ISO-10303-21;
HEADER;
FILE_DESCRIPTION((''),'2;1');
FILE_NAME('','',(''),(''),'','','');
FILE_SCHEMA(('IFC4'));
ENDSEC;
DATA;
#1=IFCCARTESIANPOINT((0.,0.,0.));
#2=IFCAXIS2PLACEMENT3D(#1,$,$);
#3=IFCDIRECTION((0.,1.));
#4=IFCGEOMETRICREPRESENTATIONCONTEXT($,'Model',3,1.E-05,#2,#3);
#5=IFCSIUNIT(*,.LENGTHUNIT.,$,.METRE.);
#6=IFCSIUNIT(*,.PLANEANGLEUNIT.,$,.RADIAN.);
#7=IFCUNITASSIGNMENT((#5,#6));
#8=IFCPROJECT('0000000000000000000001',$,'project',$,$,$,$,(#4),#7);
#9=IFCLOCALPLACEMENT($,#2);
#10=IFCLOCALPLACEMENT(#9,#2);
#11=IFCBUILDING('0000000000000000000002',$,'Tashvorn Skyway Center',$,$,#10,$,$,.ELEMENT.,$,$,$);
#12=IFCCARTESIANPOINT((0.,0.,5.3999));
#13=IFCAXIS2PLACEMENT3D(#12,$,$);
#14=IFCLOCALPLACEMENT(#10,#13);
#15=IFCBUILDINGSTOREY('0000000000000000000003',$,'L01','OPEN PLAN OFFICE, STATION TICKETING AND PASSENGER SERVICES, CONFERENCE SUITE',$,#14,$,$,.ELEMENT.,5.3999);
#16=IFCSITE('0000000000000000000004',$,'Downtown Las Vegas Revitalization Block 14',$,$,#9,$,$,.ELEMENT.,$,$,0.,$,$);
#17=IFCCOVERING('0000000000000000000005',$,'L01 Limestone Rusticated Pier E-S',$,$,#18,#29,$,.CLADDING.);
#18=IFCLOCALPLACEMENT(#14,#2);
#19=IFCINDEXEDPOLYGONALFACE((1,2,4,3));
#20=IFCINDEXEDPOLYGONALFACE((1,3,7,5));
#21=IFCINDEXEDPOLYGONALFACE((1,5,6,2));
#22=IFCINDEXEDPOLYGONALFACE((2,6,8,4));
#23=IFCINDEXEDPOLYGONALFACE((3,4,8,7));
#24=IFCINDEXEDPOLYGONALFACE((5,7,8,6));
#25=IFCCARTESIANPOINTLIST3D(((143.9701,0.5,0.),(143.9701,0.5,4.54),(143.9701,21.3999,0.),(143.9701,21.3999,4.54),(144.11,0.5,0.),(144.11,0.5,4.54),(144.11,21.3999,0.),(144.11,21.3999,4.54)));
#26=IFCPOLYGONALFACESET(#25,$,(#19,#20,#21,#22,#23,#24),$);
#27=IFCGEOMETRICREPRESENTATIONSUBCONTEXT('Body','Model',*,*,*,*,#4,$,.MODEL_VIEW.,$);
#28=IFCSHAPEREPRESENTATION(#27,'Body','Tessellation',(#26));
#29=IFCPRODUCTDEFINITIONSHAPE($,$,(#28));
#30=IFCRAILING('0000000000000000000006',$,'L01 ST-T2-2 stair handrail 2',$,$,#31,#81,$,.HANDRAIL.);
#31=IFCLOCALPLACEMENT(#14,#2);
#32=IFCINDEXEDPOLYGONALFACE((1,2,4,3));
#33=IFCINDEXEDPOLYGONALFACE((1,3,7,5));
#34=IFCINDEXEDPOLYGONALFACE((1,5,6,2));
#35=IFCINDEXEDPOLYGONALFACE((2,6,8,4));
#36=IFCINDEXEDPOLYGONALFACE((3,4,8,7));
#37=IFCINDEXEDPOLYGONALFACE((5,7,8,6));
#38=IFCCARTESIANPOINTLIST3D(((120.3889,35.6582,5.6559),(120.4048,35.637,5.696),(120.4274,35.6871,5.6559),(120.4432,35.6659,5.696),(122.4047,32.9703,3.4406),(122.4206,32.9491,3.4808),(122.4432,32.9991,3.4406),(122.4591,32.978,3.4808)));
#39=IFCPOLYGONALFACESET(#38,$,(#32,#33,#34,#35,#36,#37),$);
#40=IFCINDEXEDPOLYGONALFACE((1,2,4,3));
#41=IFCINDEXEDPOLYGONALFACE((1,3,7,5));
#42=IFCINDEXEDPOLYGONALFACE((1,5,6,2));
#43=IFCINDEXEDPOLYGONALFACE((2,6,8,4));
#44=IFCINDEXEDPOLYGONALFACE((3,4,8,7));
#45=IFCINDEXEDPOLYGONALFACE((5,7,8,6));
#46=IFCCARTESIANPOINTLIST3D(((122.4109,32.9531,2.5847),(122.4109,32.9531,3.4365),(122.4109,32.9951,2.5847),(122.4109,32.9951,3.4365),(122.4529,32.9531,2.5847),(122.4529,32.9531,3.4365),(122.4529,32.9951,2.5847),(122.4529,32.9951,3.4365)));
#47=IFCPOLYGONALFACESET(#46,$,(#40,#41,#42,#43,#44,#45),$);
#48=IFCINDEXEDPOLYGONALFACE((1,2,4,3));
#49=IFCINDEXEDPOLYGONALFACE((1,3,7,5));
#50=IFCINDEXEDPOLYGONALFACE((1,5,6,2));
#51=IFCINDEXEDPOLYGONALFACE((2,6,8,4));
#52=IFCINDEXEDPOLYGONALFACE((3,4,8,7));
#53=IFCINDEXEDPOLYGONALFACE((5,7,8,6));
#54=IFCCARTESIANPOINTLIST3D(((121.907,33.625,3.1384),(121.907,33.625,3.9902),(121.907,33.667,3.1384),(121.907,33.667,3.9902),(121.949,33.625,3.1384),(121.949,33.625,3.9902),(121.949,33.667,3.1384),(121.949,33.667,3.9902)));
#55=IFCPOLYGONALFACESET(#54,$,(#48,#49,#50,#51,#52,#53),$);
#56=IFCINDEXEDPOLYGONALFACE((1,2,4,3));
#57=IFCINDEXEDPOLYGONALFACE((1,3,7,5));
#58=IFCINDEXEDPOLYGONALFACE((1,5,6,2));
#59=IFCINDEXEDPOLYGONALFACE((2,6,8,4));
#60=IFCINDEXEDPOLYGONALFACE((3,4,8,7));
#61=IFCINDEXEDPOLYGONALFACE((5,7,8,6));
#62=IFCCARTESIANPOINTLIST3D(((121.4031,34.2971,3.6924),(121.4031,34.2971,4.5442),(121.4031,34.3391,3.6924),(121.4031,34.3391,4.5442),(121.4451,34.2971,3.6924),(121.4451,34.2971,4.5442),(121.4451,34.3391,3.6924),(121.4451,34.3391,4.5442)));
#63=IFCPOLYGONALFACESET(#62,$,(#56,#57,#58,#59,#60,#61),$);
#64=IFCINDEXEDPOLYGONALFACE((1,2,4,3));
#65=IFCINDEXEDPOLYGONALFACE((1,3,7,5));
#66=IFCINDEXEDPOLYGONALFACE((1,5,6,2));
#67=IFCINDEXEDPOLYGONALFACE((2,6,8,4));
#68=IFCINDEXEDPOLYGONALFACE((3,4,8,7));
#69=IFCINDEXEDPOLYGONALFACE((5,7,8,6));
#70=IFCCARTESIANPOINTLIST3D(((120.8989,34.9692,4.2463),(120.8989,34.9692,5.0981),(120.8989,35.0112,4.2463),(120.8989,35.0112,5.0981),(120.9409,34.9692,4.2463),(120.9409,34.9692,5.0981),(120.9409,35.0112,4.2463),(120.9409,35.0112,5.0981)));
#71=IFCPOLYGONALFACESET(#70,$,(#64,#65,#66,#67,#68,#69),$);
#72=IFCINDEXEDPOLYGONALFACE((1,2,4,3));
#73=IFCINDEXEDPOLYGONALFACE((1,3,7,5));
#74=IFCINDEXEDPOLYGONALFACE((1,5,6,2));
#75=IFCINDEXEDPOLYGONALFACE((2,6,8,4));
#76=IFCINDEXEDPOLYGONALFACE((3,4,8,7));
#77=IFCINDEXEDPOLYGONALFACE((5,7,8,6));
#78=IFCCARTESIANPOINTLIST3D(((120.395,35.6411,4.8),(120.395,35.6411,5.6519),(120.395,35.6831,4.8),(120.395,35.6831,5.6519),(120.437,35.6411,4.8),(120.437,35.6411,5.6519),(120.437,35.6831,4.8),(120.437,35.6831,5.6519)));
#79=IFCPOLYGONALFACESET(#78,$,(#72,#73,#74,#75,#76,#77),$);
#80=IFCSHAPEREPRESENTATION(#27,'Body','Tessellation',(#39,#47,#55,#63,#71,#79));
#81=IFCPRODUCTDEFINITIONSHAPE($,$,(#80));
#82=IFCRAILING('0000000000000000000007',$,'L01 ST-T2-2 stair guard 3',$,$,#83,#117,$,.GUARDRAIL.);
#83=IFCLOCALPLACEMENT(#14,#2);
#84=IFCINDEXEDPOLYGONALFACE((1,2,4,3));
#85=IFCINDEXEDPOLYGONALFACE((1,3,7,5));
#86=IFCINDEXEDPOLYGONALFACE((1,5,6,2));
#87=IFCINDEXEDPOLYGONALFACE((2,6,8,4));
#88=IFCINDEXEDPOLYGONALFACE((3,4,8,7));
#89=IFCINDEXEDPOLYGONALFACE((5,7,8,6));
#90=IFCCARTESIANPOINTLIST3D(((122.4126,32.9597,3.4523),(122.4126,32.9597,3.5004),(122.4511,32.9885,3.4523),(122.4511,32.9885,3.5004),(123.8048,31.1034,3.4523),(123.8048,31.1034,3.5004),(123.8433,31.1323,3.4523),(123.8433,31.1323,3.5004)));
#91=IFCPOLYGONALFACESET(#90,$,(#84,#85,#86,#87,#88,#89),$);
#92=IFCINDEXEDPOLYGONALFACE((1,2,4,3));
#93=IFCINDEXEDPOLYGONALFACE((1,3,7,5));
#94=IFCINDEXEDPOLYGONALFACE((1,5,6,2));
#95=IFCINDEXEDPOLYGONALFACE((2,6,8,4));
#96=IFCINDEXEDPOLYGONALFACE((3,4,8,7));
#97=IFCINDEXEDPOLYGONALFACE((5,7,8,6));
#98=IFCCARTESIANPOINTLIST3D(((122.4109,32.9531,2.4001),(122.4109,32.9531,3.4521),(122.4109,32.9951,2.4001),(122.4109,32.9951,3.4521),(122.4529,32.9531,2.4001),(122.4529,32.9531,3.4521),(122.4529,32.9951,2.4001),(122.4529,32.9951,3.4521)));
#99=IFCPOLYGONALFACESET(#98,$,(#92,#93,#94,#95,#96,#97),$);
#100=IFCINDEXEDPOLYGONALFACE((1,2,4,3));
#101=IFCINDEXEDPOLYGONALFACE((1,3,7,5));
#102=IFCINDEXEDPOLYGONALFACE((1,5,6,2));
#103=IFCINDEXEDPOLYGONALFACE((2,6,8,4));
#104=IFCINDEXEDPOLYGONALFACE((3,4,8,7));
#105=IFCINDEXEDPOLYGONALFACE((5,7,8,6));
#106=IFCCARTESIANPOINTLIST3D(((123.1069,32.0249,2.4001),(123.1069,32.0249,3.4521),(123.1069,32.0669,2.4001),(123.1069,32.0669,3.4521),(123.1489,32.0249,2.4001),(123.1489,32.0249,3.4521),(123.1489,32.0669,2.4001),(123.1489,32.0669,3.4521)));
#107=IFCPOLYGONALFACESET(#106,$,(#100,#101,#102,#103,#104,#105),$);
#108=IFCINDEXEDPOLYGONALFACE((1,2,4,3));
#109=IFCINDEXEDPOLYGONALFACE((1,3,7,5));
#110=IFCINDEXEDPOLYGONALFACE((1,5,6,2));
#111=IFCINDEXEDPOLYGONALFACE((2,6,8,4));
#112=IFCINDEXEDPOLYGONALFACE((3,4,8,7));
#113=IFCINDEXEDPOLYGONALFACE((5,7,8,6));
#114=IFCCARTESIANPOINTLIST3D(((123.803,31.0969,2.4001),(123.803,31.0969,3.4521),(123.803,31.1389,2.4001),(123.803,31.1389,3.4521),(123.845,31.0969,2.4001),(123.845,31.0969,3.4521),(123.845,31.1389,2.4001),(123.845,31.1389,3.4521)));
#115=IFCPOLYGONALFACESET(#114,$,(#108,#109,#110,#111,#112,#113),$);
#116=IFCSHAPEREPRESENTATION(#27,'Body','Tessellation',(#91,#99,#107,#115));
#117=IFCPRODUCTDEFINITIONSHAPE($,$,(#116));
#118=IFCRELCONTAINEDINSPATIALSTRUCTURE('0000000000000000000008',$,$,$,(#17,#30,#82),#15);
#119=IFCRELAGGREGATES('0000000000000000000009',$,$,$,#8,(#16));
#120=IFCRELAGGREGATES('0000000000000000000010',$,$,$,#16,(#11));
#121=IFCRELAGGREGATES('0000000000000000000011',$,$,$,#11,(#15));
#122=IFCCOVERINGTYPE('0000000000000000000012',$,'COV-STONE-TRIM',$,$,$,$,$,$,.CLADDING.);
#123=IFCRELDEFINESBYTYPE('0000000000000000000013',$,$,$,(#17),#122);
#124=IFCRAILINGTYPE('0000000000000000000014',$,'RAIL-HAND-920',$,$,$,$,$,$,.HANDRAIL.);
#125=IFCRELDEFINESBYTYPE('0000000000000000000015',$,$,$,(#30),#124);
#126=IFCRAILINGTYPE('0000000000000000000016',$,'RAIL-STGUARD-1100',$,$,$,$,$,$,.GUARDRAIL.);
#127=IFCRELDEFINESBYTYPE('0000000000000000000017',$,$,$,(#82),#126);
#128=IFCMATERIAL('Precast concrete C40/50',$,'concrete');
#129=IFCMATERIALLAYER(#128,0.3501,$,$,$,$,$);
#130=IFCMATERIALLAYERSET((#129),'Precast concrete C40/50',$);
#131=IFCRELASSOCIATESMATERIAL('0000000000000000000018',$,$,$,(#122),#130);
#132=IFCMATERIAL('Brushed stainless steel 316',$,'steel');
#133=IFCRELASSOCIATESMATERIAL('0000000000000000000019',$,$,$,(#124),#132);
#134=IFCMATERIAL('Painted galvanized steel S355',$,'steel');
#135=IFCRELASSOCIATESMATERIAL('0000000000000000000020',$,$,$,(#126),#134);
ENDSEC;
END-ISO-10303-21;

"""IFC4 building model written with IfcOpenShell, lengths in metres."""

from ifc_helpers import new_model, si_unit, direction, frame, origin, origin_2d, place, context, subcontext, project, spatial, rectangle, extrude, material, layer, layer_set, type_object, element, save


model = new_model("IFC4")

# Units and contexts
model_context = context("Model", 3, precision=1e-05, world=origin(), true_north=direction((0.0, 1.0)))
body_context = subcontext(model_context, "Body", "Model", "MODEL_VIEW")
ifc_project = project(units=[si_unit("LENGTHUNIT", "METRE"), si_unit("PLANEANGLEUNIT", "RADIAN")], contexts=[model_context])

# Site, building, storey
site_placement = place(None, origin())
site = spatial("IfcSite", under=ifc_project, at=site_placement, Name="Downtown Las Vegas Revitalization Block 14", CompositionType="ELEMENT", RefElevation=0.0)
building_placement = place(site_placement, origin())
building = spatial("IfcBuilding", under=site, at=building_placement, Name="Tashvorn Skyway Center", CompositionType="ELEMENT")
storey_placement = place(building_placement, frame((0.0, 0.0, 5.3999)))
storey = spatial("IfcBuildingStorey", under=building, at=storey_placement, Name="L01", Description="OPEN PLAN OFFICE, STATION TICKETING AND PASSENGER SERVICES, CONFERENCE SUITE", CompositionType="ELEMENT", Elevation=5.3999)

# Shared definitions
ifc_material_1 = material(Name="Precast concrete C40/50", Category="concrete")

# Covering
ifc_layer_1 = layer(ifc_material_1, 0.3501)
ifc_layer_set_1 = layer_set([ifc_layer_1], Name="Precast concrete C40/50")
covering_type = type_object("IfcCoveringType", Name="COV-STONE-TRIM", PredefinedType="CLADDING", material=ifc_layer_set_1)
covering_1_placement = place(storey_placement, frame((144.04, 10.95, 0.0), z_axis=(0.0, 0.0, 1.0), x_axis=(1.0, 0.0, 0.0)))
element("IfcCovering", 1, at=covering_1_placement, inside=storey, type_object=covering_type, Name="L01 Limestone Rusticated Pier E-S", PredefinedType="CLADDING", context=body_context, shape_type="SweptSolid", body=[
    extrude(rectangle(XDim=0.1399, YDim=20.8999, at=origin_2d()), origin(), (0.0, 0.0, 1.0), 4.54),
])

# Railings
ifc_material_2 = material(Name="Brushed stainless steel 316", Category="steel")
railing_type_1 = type_object("IfcRailingType", Name="RAIL-HAND-920", PredefinedType="HANDRAIL", material=ifc_material_2)
railing_1_placement = place(storey_placement, frame((122.4319, 32.9741, 2.5847)))
element("IfcRailing", 2, at=railing_1_placement, inside=storey, type_object=railing_type_1, Name="L01 ST-T2-2 stair handrail 2", PredefinedType="HANDRAIL", context=body_context, shape_type="SweptSolid", body=[
    extrude(rectangle(XDim=0.0481, YDim=0.0481, at=origin_2d()), frame((0.0, 0.0, 0.876), z_axis=(-0.500898, 0.667904, 0.55046), x_axis=(-0.800017, -0.599977, 0.0)), (0.0, 0.0, 1.0), 4.0244),
    extrude(rectangle(XDim=0.042, YDim=0.042, at=origin_2d()), origin(), (0.0, 0.0, 1.0), 0.8518),
    extrude(rectangle(XDim=0.042, YDim=0.042, at=origin_2d()), frame((-0.5039, 0.6719, 0.5537)), (0.0, 0.0, 1.0), 0.8518),
    extrude(rectangle(XDim=0.042, YDim=0.042, at=origin_2d()), frame((-1.0078, 1.344, 1.1077)), (0.0, 0.0, 1.0), 0.8518),
    extrude(rectangle(XDim=0.042, YDim=0.042, at=origin_2d()), frame((-1.512, 2.0161, 1.6616)), (0.0, 0.0, 1.0), 0.8518),
    extrude(rectangle(XDim=0.042, YDim=0.042, at=origin_2d()), frame((-2.0159, 2.688, 2.2153)), (0.0, 0.0, 1.0), 0.8518),
])
ifc_material_3 = material(Name="Painted galvanized steel S355", Category="steel")
railing_type_2 = type_object("IfcRailingType", Name="RAIL-STGUARD-1100", PredefinedType="GUARDRAIL", material=ifc_material_3)
railing_2_placement = place(storey_placement, frame((122.4319, 32.9741, 2.4001)))
element("IfcRailing", 3, at=railing_2_placement, inside=storey, type_object=railing_type_2, Name="L01 ST-T2-2 stair guard 3", PredefinedType="GUARDRAIL", context=body_context, shape_type="SweptSolid", body=[
    extrude(rectangle(XDim=0.0481, YDim=0.0481, at=origin_2d()), frame((0.0, 0.0, 1.0762), z_axis=(0.599983, -0.800013, 0.0), x_axis=(0.800013, 0.599983, 0.0)), (0.0, 0.0, 1.0), 2.3203),
    extrude(rectangle(XDim=0.042, YDim=0.042, at=origin_2d()), origin(), (0.0, 0.0, 1.0), 1.052),
    extrude(rectangle(XDim=0.042, YDim=0.042, at=origin_2d()), frame((0.696, -0.9282, 0.0)), (0.0, 0.0, 1.0), 1.052),
    extrude(rectangle(XDim=0.042, YDim=0.042, at=origin_2d()), frame((1.3921, -1.8562, 0.0)), (0.0, 0.0, 1.0), 1.052),
])

save(model, "model.ifc")
